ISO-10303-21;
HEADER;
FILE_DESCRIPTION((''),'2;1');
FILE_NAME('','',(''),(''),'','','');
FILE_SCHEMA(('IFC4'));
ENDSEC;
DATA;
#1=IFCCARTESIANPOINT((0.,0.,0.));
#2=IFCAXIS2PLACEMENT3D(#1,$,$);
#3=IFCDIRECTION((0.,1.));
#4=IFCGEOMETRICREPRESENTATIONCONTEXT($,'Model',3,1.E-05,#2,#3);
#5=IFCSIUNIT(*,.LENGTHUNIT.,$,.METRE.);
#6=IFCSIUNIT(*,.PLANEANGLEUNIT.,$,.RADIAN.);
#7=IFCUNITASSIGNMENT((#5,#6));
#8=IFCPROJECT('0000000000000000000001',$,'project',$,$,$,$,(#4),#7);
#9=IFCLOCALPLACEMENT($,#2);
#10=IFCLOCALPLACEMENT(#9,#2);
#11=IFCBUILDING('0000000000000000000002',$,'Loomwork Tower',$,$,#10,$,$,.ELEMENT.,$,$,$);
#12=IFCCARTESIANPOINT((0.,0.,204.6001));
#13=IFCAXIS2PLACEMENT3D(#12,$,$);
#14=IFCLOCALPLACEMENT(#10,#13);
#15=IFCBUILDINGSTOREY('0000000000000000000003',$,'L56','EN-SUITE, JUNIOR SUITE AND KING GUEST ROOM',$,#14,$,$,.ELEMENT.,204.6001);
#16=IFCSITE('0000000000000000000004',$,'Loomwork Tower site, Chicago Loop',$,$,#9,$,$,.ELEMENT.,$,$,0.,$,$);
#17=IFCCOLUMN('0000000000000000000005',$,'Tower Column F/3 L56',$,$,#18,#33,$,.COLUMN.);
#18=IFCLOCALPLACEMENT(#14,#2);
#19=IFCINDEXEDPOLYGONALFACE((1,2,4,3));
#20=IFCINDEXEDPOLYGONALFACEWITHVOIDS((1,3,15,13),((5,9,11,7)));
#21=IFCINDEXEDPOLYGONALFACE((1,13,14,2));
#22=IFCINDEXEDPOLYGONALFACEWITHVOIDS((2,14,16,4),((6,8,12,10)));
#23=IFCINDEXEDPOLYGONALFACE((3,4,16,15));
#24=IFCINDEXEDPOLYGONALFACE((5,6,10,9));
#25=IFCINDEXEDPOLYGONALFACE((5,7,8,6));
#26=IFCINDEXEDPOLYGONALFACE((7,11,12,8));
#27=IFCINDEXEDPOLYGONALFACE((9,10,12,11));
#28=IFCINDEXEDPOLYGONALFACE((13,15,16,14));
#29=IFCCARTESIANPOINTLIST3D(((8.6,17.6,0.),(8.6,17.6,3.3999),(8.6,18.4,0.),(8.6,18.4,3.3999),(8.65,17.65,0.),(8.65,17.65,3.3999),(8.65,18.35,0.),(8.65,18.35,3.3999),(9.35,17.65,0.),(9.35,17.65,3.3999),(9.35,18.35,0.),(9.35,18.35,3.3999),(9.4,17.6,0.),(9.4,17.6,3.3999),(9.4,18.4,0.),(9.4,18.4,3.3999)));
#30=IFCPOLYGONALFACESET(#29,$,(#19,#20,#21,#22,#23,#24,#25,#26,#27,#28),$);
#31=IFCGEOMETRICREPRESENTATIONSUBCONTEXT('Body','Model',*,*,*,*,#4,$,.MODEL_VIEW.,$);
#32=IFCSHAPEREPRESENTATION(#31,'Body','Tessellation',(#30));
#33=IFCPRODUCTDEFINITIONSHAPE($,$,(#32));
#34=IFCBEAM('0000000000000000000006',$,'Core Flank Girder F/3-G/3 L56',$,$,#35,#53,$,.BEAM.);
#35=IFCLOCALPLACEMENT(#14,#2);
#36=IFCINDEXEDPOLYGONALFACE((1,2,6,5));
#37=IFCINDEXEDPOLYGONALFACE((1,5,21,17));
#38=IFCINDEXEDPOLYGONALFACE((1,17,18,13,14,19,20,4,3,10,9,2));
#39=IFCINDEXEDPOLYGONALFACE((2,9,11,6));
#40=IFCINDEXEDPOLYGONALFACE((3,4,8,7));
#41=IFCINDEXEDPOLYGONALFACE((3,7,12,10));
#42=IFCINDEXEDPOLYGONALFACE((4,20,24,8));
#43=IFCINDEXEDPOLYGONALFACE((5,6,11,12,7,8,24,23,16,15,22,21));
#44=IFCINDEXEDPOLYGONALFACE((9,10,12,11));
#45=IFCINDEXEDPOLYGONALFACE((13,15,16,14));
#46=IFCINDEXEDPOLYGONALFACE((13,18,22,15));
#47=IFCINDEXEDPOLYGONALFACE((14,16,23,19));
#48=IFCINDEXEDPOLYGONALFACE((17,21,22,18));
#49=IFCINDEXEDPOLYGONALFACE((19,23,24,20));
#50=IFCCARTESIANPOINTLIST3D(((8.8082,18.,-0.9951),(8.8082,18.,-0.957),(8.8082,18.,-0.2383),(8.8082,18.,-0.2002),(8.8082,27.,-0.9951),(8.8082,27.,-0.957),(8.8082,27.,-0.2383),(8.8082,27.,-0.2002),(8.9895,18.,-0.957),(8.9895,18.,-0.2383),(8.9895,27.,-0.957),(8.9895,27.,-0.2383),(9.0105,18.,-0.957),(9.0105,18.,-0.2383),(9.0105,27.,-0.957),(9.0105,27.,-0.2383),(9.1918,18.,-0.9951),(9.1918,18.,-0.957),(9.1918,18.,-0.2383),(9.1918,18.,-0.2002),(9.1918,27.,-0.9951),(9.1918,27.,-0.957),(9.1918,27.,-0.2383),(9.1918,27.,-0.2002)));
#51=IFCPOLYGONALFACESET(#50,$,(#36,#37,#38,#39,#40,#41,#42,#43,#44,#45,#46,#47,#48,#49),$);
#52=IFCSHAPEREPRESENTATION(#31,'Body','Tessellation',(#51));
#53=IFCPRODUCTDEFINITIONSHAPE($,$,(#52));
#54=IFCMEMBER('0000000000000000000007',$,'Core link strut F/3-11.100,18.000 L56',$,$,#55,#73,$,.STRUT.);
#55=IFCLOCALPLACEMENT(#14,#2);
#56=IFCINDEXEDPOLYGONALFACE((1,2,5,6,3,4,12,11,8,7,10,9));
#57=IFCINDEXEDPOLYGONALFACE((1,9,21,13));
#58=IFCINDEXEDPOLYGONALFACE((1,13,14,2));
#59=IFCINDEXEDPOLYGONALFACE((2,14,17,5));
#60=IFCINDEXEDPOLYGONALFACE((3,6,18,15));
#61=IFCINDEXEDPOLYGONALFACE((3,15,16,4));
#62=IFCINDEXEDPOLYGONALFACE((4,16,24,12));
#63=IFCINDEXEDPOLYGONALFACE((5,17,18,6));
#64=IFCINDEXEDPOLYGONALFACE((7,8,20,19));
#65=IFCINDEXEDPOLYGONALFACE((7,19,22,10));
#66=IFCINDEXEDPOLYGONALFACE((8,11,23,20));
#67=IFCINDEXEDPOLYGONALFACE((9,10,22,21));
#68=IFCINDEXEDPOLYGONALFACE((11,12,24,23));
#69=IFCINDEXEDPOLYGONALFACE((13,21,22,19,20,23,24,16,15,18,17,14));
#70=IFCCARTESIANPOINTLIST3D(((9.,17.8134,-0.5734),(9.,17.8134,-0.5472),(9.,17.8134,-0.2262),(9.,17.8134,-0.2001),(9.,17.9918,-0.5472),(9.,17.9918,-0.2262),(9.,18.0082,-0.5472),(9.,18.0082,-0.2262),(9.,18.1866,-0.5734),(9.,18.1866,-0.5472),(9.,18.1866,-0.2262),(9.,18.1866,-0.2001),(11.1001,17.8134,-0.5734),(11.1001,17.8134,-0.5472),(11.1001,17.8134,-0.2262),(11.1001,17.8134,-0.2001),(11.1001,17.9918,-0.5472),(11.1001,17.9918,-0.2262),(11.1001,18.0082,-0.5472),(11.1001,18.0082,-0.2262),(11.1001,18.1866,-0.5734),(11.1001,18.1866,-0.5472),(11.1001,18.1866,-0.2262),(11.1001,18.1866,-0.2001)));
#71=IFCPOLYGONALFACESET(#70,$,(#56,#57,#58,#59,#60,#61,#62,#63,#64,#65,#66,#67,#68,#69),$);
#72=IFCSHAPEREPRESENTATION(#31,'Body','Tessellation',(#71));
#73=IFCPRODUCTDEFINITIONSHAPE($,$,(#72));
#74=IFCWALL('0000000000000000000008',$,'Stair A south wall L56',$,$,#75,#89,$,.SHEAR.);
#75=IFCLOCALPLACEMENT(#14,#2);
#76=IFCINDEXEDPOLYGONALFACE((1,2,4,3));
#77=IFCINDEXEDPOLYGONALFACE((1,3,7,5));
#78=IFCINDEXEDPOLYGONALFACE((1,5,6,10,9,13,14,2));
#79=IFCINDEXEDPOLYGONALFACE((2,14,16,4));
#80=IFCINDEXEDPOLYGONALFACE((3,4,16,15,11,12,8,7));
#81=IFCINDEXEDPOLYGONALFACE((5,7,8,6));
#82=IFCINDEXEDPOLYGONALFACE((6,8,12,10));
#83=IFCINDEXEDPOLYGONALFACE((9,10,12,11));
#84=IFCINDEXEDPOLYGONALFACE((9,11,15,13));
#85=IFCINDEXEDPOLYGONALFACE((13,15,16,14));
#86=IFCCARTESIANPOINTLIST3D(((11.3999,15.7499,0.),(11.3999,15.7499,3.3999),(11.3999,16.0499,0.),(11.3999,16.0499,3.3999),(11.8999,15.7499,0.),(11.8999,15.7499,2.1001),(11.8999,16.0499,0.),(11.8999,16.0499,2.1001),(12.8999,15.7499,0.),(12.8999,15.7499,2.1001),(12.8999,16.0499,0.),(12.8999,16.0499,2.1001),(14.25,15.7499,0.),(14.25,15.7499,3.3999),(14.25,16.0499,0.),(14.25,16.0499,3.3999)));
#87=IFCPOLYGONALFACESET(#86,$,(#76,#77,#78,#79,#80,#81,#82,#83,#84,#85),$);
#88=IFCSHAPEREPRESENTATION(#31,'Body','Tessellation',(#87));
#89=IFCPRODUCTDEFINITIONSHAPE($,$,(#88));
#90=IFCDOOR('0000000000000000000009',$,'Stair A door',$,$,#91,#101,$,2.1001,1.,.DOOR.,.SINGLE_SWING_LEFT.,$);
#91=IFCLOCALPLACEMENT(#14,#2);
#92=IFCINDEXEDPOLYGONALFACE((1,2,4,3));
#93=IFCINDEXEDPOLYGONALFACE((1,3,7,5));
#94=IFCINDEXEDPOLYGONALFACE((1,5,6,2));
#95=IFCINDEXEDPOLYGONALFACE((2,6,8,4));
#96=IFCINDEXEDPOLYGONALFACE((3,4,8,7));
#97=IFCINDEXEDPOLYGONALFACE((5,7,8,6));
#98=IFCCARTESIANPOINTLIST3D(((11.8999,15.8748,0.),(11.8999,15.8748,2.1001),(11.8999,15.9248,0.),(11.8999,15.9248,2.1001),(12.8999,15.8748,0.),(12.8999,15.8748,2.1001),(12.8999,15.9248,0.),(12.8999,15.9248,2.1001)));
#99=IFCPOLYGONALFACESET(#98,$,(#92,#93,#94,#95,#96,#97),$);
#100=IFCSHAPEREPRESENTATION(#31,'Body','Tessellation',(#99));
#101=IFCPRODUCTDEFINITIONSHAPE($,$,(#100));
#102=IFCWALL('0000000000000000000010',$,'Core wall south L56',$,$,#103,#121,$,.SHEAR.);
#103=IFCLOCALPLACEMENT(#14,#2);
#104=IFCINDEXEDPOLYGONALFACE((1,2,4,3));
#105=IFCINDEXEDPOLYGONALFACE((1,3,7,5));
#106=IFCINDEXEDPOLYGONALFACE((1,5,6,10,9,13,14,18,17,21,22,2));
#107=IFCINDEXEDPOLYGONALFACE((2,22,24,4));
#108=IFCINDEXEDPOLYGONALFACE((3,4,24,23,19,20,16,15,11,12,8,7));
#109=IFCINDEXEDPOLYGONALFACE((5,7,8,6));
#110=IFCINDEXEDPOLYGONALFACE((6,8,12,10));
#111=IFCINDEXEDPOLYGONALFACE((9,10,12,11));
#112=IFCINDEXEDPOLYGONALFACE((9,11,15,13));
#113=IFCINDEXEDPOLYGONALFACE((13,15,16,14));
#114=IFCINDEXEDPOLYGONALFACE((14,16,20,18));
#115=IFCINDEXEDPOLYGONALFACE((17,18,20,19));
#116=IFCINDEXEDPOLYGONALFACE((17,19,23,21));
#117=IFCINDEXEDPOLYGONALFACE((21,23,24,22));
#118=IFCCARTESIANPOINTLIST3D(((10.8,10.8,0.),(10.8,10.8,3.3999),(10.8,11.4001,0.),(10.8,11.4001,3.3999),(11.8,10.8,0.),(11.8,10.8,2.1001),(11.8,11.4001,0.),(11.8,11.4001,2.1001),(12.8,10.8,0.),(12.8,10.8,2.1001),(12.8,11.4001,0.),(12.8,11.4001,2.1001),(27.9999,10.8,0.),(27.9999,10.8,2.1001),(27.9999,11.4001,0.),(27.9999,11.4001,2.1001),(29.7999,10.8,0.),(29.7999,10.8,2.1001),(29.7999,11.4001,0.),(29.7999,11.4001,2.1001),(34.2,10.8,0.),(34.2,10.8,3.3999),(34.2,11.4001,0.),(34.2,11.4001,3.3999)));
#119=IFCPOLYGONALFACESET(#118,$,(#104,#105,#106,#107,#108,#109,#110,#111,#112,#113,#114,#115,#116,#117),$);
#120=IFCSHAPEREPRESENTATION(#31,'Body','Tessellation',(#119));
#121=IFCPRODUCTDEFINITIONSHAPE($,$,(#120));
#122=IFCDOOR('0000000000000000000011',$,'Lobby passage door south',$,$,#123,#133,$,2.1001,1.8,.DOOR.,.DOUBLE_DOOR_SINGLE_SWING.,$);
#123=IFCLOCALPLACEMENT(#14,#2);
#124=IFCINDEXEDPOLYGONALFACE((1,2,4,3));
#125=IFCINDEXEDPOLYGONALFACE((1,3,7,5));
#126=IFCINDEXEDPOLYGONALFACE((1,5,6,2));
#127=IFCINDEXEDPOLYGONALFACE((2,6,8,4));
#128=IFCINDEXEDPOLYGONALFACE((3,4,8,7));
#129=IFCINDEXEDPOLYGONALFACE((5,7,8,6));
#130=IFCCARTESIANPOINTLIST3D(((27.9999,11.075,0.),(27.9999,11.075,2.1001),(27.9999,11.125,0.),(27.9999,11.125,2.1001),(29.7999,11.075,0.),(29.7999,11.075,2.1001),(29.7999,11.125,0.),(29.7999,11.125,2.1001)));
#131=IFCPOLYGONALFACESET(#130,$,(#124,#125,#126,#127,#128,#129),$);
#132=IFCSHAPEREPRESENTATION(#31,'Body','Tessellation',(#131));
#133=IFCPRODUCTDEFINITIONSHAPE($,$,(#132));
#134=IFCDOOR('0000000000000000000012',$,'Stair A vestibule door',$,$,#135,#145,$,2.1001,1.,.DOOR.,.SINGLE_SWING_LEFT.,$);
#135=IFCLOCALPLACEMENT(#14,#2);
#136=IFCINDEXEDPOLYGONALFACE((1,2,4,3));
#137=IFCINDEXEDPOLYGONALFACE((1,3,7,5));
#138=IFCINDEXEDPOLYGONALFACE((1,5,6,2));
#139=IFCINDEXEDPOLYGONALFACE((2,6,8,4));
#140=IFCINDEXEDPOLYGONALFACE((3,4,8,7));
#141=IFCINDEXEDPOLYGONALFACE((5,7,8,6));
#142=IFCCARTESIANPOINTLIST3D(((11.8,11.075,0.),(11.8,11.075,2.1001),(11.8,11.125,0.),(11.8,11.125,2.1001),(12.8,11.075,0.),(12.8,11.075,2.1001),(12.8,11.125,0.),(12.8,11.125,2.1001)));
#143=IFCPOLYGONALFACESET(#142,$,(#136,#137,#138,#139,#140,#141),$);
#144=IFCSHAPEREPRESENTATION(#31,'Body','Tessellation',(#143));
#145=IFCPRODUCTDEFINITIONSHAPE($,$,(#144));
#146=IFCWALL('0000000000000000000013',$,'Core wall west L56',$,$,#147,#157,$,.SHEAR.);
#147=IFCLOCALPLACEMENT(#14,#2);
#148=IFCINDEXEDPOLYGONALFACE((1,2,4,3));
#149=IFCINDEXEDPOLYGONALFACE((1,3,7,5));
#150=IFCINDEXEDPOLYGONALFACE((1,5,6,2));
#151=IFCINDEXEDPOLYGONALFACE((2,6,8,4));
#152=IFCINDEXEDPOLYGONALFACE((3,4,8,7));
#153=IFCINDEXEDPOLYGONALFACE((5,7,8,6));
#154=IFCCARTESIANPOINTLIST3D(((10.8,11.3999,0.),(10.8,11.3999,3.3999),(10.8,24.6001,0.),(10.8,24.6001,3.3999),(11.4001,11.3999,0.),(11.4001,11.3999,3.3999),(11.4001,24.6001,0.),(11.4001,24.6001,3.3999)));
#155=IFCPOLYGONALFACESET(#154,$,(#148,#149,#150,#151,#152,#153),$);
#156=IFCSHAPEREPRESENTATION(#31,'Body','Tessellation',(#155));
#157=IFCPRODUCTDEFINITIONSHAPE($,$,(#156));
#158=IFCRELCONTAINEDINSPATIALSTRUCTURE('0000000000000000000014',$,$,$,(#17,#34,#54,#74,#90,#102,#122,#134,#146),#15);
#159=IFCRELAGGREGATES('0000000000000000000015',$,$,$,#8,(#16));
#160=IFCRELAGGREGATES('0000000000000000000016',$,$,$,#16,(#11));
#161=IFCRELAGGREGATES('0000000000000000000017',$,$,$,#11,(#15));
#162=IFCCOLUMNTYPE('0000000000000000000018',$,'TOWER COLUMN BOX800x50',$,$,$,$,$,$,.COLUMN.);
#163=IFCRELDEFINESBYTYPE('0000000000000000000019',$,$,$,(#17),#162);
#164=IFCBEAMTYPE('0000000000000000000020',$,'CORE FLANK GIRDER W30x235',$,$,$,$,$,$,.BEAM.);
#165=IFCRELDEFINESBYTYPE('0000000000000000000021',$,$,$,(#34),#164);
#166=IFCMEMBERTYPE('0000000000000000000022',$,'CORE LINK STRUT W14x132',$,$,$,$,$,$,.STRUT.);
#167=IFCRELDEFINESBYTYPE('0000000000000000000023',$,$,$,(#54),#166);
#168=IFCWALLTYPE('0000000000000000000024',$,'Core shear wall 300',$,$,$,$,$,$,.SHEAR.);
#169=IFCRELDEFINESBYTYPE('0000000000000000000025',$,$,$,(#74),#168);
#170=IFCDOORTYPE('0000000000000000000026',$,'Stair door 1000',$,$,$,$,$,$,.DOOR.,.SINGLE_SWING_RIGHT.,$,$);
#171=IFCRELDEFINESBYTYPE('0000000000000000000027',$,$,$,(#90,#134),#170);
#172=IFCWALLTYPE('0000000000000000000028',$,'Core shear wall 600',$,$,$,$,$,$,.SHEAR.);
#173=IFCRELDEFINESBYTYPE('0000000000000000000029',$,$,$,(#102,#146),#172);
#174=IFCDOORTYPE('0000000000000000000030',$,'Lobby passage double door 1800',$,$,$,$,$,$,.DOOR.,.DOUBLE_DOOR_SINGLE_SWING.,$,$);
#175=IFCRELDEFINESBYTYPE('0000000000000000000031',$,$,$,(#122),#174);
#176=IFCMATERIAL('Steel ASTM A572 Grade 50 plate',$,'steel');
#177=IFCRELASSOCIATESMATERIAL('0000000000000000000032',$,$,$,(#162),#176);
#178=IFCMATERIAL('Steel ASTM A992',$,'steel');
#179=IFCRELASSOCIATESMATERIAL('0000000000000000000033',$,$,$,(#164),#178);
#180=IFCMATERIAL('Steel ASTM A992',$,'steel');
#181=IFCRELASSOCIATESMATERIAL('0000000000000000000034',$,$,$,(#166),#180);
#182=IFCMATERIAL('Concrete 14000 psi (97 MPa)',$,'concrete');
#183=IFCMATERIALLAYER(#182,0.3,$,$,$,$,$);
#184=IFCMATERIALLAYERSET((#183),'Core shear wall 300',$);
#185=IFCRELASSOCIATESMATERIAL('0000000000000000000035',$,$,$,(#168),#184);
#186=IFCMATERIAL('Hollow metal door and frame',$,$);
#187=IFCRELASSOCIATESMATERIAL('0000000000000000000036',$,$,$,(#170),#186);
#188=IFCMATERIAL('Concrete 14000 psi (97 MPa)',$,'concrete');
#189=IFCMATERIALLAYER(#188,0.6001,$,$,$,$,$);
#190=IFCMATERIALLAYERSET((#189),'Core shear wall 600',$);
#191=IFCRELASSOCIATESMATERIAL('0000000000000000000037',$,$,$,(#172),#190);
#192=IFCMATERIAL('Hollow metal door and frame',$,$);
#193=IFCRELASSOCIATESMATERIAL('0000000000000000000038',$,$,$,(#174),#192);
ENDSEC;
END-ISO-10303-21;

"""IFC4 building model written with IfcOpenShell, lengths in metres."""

from ifc_helpers import new_model, si_unit, direction, frame, frame_2d, origin, origin_2d, place, context, subcontext, project, spatial, rectangle, hollow_rectangle, i_section, extrude, material, layer, layer_set, material_profile, profile_set, type_object, element, fill, save


model = new_model("IFC4")

# Units and contexts
model_context = context("Model", 3, precision=1e-05, world=origin(), true_north=direction((0.0, 1.0)))
body_context = subcontext(model_context, "Body", "Model", "MODEL_VIEW")
ifc_project = project(units=[si_unit("LENGTHUNIT", "METRE"), si_unit("PLANEANGLEUNIT", "RADIAN")], contexts=[model_context])

# Site, building, storey
site_placement = place(None, origin())
site = spatial("IfcSite", under=ifc_project, at=site_placement, Name="Loomwork Tower site, Chicago Loop", CompositionType="ELEMENT", RefElevation=0.0)
building_placement = place(site_placement, origin())
building = spatial("IfcBuilding", under=site, at=building_placement, Name="Loomwork Tower", CompositionType="ELEMENT")
storey_placement = place(building_placement, frame((0.0, 0.0, 204.6001)))
storey = spatial("IfcBuildingStorey", under=building, at=storey_placement, Name="L56", Description="EN-SUITE, JUNIOR SUITE AND KING GUEST ROOM", CompositionType="ELEMENT", Elevation=204.6001)

# Column
ifc_material_1 = material(Name="Steel ASTM A572 Grade 50 plate", Category="steel")
ifc_material_profile_1 = material_profile(ifc_material_1, hollow_rectangle(XDim=0.8, YDim=0.8, WallThickness=0.05, at=origin_2d()), Name="BOX800x50")
ifc_profile_set_1 = profile_set([ifc_material_profile_1], Name="Steel ASTM A572 Grade 50 plate")
column_type = type_object("IfcColumnType", Name="TOWER COLUMN BOX800x50", PredefinedType="COLUMN", material=ifc_profile_set_1)
column_placement = place(storey_placement, frame((9.0, 18.0, 0.0), z_axis=(0.0, 0.0, 1.0), x_axis=(1.0, 0.0, 0.0)))
element("IfcColumn", 1, at=column_placement, inside=storey, type_object=column_type, Name="Tower Column F/3 L56", PredefinedType="COLUMN", context=body_context, shape_type="SweptSolid", body=[
    extrude(hollow_rectangle(XDim=0.8, YDim=0.8, WallThickness=0.05, at=origin_2d()), origin(), (0.0, 0.0, 1.0), 3.3999),
])

# Beam
ifc_material_2 = material(Name="Steel ASTM A992", Category="steel")
ifc_material_profile_2 = material_profile(ifc_material_2, i_section(OverallWidth=0.3835, OverallDepth=0.7949, WebThickness=0.021, FlangeThickness=0.0381, at=origin_2d()), Name="W30x235")
ifc_profile_set_2 = profile_set([ifc_material_profile_2], Name="Steel ASTM A992")
beam_type = type_object("IfcBeamType", Name="CORE FLANK GIRDER W30x235", PredefinedType="BEAM", material=ifc_profile_set_2)
beam_placement = place(storey_placement, frame((9.0, 18.0, -0.5977), z_axis=(0.0, 1.0, 0.0), x_axis=(-1.0, 0.0, 0.0)))
element("IfcBeam", 2, at=beam_placement, inside=storey, type_object=beam_type, Name="Core Flank Girder F/3-G/3 L56", PredefinedType="BEAM", context=body_context, shape_type="SweptSolid", body=[
    extrude(i_section(OverallWidth=0.3835, OverallDepth=0.7949, WebThickness=0.021, FlangeThickness=0.0381, at=origin_2d()), origin(), (0.0, 0.0, 1.0), 9.0),
])

# Member
ifc_material_3 = material(Name="Steel ASTM A992", Category="steel")
ifc_material_profile_3 = material_profile(ifc_material_3, i_section(OverallWidth=0.3733, OverallDepth=0.3733, WebThickness=0.0164, FlangeThickness=0.0261, at=origin_2d()), Name="W14x132")
ifc_profile_set_3 = profile_set([ifc_material_profile_3], Name="Steel ASTM A992")
member_type = type_object("IfcMemberType", Name="CORE LINK STRUT W14x132", PredefinedType="STRUT", material=ifc_profile_set_3)
member_placement = place(storey_placement, frame((9.0, 18.0, -0.3867), z_axis=(1.0, 0.0, 0.0), x_axis=(0.0, 1.0, 0.0)))
element("IfcMember", 3, at=member_placement, inside=storey, type_object=member_type, Name="Core link strut F/3-11.100,18.000 L56", PredefinedType="STRUT", context=body_context, shape_type="SweptSolid", body=[
    extrude(i_section(OverallWidth=0.3733, OverallDepth=0.3733, WebThickness=0.0164, FlangeThickness=0.0261, at=origin_2d()), origin(), (0.0, 0.0, 1.0), 2.1001),
])

# Wall, opening, door
ifc_material_4 = material(Name="Concrete 14000 psi (97 MPa)", Category="concrete")
ifc_layer_1 = layer(ifc_material_4, 0.3)
ifc_layer_set_1 = layer_set([ifc_layer_1], Name="Core shear wall 300")
wall_type_1 = type_object("IfcWallType", Name="Core shear wall 300", PredefinedType="SHEAR", material=ifc_layer_set_1)
wall_1_placement = place(storey_placement, frame((11.3999, 15.8999, 0.0), z_axis=(0.0, 0.0, 1.0), x_axis=(1.0, 0.0, 0.0)))
wall_1 = element("IfcWall", 4, at=wall_1_placement, inside=storey, type_object=wall_type_1, Name="Stair A south wall L56", PredefinedType="SHEAR", context=body_context, shape_type="SweptSolid", body=[
    extrude(rectangle(XDim=2.8501, YDim=0.3, at=frame_2d((1.425, 0.0))), origin(), (0.0, 0.0, 1.0), 3.3999),
])
opening_1_placement = place(wall_1_placement, frame((0.5, 0.0, 0.0)))
opening_1 = element("IfcOpeningElement", 5, at=opening_1_placement, cuts=wall_1, PredefinedType="OPENING", context=body_context, shape_type="SweptSolid", body=[
    extrude(rectangle(XDim=1.0, YDim=2.1001, at=frame_2d((0.5, 1.05))), frame((0.0, 0.1599, 0.0), z_axis=(0.0, -1.0, 0.0), x_axis=(1.0, 0.0, 0.0)), (0.0, 0.0, 1.0), 0.3201),
])
ifc_material_5 = material(Name="Hollow metal door and frame")
door_type_1 = type_object("IfcDoorType", Name="Stair door 1000", OperationType="SINGLE_SWING_RIGHT", PredefinedType="DOOR", material=ifc_material_5)
door_1_placement = place(opening_1_placement, origin())
door_1 = element("IfcDoor", 6, at=door_1_placement, inside=storey, type_object=door_type_1, Name="Stair A door", OperationType="SINGLE_SWING_LEFT", OverallHeight=2.1001, OverallWidth=1.0, PredefinedType="DOOR", context=body_context, shape_type="SweptSolid", body=[
    extrude(rectangle(XDim=1.0, YDim=2.1001, at=frame_2d((0.5, 1.05))), frame((0.0, 0.0249, 0.0), z_axis=(0.0, -1.0, 0.0), x_axis=(1.0, 0.0, 0.0)), (0.0, 0.0, 1.0), 0.05),
])
fill(opening_1, door_1)

# Wall, openings, doors
ifc_material_6 = material(Name="Concrete 14000 psi (97 MPa)", Category="concrete")
ifc_layer_2 = layer(ifc_material_6, 0.6001)
ifc_layer_set_2 = layer_set([ifc_layer_2], Name="Core shear wall 600")
wall_type_2 = type_object("IfcWallType", Name="Core shear wall 600", PredefinedType="SHEAR", material=ifc_layer_set_2)
wall_2_placement = place(storey_placement, frame((10.8, 11.1001, 0.0), z_axis=(0.0, 0.0, 1.0), x_axis=(1.0, 0.0, 0.0)))
wall_2 = element("IfcWall", 7, at=wall_2_placement, inside=storey, type_object=wall_type_2, Name="Core wall south L56", PredefinedType="SHEAR", context=body_context, shape_type="SweptSolid", body=[
    extrude(rectangle(XDim=23.3999, YDim=0.6001, at=frame_2d((11.7, 0.0))), origin(), (0.0, 0.0, 1.0), 3.3999),
])
opening_2_placement = place(wall_2_placement, frame((1.0, 0.0, 0.0)))
opening_2 = element("IfcOpeningElement", 8, at=opening_2_placement, cuts=wall_2, PredefinedType="OPENING", context=body_context, shape_type="SweptSolid", body=[
    extrude(rectangle(XDim=1.0, YDim=2.1001, at=frame_2d((0.5, 1.05))), frame((0.0, 0.3101, 0.0), z_axis=(0.0, -1.0, 0.0), x_axis=(1.0, 0.0, 0.0)), (0.0, 0.0, 1.0), 0.6201),
])
opening_3_placement = place(wall_2_placement, frame((17.2, 0.0, 0.0)))
opening_3 = element("IfcOpeningElement", 9, at=opening_3_placement, cuts=wall_2, PredefinedType="OPENING", context=body_context, shape_type="SweptSolid", body=[
    extrude(rectangle(XDim=1.8, YDim=2.1001, at=frame_2d((0.8999, 1.05))), frame((0.0, 0.3101, 0.0), z_axis=(0.0, -1.0, 0.0), x_axis=(1.0, 0.0, 0.0)), (0.0, 0.0, 1.0), 0.6201),
])
ifc_material_7 = material(Name="Hollow metal door and frame")
door_type_2 = type_object("IfcDoorType", Name="Lobby passage double door 1800", OperationType="DOUBLE_DOOR_SINGLE_SWING", PredefinedType="DOOR", material=ifc_material_7)
door_2_placement = place(opening_3_placement, origin())
door_2 = element("IfcDoor", 10, at=door_2_placement, inside=storey, type_object=door_type_2, Name="Lobby passage door south", OperationType="DOUBLE_DOOR_SINGLE_SWING", OverallHeight=2.1001, OverallWidth=1.8, PredefinedType="DOOR", context=body_context, shape_type="SweptSolid", body=[
    extrude(rectangle(XDim=1.8, YDim=2.1001, at=frame_2d((0.8999, 1.05))), frame((0.0, 0.0249, 0.0), z_axis=(0.0, -1.0, 0.0), x_axis=(1.0, 0.0, 0.0)), (0.0, 0.0, 1.0), 0.05),
])
fill(opening_3, door_2)
door_3_placement = place(opening_2_placement, origin())
door_3 = element("IfcDoor", 11, at=door_3_placement, inside=storey, type_object=door_type_1, Name="Stair A vestibule door", OperationType="SINGLE_SWING_LEFT", OverallHeight=2.1001, OverallWidth=1.0, PredefinedType="DOOR", context=body_context, shape_type="SweptSolid", body=[
    extrude(rectangle(XDim=1.0, YDim=2.1001, at=frame_2d((0.5, 1.05))), frame((0.0, 0.0249, 0.0), z_axis=(0.0, -1.0, 0.0), x_axis=(1.0, 0.0, 0.0)), (0.0, 0.0, 1.0), 0.05),
])
fill(opening_2, door_3)

# Wall
wall_3_placement = place(storey_placement, frame((11.1001, 11.3999, 0.0), z_axis=(0.0, 0.0, 1.0), x_axis=(0.0, 1.0, 0.0)))
element("IfcWall", 12, at=wall_3_placement, inside=storey, type_object=wall_type_2, Name="Core wall west L56", PredefinedType="SHEAR", context=body_context, shape_type="SweptSolid", body=[
    extrude(rectangle(XDim=13.2002, YDim=0.6001, at=frame_2d((6.6001, 0.0))), origin(), (0.0, 0.0, 1.0), 3.3999),
])

save(model, "model.ifc")
